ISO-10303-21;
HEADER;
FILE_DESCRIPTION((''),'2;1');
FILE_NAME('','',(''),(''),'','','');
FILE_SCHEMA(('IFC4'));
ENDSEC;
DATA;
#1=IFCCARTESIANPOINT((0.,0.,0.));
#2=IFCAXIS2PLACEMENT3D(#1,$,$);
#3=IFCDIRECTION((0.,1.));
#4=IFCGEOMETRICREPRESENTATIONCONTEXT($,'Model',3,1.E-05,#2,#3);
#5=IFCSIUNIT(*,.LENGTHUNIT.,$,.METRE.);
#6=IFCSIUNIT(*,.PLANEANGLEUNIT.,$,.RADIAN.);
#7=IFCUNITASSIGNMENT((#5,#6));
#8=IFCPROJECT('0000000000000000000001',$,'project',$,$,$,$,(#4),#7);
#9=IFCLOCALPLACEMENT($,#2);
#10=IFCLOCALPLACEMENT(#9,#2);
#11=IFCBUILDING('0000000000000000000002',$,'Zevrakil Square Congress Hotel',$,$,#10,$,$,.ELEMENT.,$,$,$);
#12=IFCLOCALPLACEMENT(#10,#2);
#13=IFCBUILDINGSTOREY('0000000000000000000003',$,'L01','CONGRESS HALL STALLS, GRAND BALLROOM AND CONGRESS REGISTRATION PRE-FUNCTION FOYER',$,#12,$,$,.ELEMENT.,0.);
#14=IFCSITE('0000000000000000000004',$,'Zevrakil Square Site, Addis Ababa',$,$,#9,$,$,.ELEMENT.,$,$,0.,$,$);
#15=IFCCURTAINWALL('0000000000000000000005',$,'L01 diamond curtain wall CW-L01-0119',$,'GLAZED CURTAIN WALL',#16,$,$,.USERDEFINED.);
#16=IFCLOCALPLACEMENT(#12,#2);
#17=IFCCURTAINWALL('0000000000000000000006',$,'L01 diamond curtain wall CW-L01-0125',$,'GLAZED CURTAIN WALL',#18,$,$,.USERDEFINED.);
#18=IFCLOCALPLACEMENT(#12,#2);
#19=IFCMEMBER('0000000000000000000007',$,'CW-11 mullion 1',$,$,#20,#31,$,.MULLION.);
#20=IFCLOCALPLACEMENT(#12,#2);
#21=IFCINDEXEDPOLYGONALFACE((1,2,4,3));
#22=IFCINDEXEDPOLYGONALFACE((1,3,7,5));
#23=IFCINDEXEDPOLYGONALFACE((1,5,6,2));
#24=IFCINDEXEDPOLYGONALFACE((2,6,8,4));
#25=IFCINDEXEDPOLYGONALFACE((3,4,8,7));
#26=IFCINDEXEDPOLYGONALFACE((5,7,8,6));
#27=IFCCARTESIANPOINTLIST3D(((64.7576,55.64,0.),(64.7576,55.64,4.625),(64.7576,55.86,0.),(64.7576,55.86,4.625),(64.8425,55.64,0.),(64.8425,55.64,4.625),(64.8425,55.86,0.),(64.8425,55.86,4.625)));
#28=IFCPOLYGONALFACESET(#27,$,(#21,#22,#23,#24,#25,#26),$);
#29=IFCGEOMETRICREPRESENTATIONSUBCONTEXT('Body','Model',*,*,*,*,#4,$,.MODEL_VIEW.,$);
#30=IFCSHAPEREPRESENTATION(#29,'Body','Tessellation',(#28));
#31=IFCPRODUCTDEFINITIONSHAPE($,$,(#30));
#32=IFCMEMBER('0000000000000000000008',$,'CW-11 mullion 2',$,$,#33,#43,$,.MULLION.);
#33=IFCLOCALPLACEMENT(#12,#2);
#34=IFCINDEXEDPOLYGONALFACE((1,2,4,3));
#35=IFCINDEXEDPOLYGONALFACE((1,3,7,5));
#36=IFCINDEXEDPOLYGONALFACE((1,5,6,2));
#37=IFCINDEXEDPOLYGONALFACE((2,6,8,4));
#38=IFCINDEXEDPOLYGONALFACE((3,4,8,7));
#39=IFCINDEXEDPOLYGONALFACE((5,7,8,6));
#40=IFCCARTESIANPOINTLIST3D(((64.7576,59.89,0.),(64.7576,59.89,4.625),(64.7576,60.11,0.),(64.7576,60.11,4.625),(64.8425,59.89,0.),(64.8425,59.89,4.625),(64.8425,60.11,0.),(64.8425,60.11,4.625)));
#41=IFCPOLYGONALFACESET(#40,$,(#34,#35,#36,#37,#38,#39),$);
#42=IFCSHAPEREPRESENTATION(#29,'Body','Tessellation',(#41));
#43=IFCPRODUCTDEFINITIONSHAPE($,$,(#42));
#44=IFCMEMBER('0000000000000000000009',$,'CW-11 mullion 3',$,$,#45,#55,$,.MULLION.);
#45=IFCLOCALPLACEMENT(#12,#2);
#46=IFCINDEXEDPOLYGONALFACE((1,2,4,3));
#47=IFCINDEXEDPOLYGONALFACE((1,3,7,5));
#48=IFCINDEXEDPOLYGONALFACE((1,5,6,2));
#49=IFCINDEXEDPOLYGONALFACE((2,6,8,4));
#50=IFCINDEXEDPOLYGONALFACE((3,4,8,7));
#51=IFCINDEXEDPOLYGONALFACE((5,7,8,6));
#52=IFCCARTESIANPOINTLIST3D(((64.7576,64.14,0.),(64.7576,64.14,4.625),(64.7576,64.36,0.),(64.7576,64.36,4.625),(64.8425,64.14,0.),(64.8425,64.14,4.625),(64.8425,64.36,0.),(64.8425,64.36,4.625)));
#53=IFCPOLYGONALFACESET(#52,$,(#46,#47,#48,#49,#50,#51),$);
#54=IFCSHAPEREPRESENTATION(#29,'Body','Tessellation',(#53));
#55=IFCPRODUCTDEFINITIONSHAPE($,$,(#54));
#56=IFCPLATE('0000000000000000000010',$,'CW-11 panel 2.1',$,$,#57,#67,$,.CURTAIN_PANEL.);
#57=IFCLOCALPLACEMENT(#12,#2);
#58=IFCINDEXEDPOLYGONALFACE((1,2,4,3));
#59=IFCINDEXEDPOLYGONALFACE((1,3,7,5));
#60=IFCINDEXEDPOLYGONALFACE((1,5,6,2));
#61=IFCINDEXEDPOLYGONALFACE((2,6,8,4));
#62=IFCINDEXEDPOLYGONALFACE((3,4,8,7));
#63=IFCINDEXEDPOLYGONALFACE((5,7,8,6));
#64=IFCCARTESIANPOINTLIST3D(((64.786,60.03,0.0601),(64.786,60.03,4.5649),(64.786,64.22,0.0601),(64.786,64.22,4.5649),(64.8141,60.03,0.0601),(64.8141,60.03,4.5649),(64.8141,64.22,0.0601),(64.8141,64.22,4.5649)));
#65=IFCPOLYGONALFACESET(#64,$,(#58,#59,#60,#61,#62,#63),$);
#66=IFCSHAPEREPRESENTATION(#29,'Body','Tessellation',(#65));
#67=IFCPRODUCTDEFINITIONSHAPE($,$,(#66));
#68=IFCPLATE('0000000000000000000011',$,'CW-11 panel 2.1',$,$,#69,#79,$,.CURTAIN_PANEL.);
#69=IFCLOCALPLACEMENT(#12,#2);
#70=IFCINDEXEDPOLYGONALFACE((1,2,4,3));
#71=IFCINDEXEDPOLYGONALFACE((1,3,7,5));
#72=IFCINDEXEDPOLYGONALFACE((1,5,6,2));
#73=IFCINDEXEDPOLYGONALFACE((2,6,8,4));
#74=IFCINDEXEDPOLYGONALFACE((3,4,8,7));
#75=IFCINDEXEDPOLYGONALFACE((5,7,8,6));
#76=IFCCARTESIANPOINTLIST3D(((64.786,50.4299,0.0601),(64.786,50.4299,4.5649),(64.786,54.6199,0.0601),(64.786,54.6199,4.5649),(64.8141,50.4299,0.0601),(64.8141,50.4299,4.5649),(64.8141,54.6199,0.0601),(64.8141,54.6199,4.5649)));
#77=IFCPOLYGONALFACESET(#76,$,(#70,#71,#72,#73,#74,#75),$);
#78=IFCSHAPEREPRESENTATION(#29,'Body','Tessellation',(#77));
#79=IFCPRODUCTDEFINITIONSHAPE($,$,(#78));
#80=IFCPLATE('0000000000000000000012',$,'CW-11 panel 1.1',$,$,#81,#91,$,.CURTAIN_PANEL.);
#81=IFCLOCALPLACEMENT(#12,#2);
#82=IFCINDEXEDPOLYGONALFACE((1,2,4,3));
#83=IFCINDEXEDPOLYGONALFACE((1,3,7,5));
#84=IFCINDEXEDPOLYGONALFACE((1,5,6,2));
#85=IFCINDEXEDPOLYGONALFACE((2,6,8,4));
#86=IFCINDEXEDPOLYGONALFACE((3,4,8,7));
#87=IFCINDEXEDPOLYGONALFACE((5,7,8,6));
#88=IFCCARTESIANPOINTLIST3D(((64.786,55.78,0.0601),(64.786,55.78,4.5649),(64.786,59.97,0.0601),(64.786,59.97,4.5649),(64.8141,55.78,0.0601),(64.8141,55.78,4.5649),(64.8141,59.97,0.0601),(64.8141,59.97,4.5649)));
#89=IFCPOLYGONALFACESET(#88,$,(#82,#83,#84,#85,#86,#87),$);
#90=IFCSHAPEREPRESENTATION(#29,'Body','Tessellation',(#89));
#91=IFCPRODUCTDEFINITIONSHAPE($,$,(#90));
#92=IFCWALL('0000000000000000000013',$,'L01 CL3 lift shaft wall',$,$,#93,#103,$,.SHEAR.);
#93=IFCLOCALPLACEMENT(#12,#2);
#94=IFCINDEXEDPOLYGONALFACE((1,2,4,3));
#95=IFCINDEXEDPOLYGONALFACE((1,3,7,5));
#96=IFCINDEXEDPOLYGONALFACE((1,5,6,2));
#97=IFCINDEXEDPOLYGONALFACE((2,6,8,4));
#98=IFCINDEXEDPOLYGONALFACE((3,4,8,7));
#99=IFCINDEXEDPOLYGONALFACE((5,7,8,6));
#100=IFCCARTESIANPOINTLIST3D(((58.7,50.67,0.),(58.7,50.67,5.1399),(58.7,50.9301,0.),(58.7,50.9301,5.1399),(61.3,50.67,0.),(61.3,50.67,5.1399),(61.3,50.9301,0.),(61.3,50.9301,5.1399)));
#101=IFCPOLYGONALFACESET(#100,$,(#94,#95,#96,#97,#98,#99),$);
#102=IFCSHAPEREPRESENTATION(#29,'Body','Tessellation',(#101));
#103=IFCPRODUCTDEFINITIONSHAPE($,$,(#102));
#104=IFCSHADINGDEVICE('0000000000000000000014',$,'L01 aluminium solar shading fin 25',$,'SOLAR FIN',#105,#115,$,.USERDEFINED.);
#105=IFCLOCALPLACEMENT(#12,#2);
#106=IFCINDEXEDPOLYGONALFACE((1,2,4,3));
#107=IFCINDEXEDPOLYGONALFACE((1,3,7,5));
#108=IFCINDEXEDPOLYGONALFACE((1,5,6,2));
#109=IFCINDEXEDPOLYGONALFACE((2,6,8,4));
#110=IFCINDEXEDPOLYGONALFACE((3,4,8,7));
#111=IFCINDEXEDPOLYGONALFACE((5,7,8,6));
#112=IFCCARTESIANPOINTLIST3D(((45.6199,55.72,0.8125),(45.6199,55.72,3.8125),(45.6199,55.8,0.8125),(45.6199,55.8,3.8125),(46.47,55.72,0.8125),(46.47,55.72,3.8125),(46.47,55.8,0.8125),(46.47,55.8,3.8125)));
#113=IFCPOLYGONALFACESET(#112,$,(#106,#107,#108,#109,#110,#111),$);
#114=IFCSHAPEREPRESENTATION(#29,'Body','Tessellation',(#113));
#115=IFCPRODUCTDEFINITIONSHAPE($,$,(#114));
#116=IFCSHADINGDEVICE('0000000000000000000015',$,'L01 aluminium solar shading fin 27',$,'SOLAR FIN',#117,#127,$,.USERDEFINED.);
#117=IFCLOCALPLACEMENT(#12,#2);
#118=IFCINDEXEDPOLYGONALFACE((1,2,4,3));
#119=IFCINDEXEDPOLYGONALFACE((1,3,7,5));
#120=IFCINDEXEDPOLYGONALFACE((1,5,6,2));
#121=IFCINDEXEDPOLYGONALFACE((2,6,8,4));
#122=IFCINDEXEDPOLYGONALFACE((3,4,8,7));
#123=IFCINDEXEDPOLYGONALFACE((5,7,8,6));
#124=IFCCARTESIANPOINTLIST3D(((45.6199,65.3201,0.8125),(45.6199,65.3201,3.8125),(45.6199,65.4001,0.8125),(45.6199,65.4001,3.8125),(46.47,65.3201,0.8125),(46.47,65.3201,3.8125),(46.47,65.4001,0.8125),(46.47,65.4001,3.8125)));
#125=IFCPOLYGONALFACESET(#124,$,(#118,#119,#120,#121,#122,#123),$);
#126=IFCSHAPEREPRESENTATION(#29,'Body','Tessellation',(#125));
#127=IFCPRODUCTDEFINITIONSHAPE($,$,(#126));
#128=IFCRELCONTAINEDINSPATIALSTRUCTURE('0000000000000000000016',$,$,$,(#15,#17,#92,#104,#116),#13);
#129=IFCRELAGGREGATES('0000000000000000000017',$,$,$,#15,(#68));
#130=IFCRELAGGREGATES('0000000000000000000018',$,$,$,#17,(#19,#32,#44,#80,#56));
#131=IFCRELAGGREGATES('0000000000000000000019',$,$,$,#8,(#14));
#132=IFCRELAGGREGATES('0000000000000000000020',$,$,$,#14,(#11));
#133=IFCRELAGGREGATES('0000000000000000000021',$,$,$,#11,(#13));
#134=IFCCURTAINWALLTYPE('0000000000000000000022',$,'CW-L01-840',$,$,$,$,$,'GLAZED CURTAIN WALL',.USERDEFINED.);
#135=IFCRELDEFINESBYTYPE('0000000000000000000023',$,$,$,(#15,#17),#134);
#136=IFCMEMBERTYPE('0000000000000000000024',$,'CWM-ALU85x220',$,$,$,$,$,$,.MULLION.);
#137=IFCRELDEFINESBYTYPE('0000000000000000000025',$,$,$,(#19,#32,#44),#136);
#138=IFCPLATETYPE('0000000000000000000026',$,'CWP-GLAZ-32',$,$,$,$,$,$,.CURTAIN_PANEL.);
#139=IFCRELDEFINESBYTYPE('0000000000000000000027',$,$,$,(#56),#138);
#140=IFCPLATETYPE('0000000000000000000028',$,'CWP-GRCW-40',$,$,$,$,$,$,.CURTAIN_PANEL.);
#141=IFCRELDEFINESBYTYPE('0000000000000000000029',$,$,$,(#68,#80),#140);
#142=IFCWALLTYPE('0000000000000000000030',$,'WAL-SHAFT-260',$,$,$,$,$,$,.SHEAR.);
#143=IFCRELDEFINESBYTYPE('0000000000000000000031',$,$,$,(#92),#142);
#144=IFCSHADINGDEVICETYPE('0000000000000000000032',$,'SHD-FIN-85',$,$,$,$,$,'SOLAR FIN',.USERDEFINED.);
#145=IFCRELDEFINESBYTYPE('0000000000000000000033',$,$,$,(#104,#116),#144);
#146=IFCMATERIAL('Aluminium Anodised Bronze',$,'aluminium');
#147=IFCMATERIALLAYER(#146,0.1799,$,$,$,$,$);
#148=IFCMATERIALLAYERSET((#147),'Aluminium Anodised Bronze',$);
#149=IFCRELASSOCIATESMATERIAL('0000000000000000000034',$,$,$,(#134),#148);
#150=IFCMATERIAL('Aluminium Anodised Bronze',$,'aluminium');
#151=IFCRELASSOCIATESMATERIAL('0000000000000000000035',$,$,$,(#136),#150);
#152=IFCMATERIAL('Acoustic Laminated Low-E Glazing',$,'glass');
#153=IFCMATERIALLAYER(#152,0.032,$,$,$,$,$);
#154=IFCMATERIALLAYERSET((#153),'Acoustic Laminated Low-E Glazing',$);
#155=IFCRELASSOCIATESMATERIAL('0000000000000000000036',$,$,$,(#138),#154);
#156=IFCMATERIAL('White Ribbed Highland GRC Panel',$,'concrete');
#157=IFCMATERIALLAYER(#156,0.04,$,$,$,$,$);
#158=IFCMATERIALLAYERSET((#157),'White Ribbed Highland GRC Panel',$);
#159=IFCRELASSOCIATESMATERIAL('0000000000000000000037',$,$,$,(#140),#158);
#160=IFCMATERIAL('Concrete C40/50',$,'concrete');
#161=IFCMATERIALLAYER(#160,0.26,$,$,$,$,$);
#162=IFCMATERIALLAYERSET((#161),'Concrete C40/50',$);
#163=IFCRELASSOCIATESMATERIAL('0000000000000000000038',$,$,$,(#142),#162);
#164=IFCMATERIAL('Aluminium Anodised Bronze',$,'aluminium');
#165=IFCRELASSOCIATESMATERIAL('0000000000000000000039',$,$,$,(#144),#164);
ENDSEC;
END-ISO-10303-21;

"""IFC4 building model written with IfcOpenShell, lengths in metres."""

from ifc_helpers import new_model, si_unit, direction, frame, frame_2d, origin, origin_2d, place, context, subcontext, project, spatial, rectangle, extrude, material, layer, layer_set, material_profile, profile_set, type_object, element, aggregate, save


model = new_model("IFC4")

# Units and contexts
model_context = context("Model", 3, precision=1e-05, world=origin(), true_north=direction((0.0, 1.0)))
body_context = subcontext(model_context, "Body", "Model", "MODEL_VIEW")
ifc_project = project(units=[si_unit("LENGTHUNIT", "METRE"), si_unit("PLANEANGLEUNIT", "RADIAN")], contexts=[model_context])

# Site, building, storey
site_placement = place(None, origin())
site = spatial("IfcSite", under=ifc_project, at=site_placement, Name="Zevrakil Square Site, Addis Ababa", CompositionType="ELEMENT", RefElevation=0.0)
building_placement = place(site_placement, origin())
building = spatial("IfcBuilding", under=site, at=building_placement, Name="Zevrakil Square Congress Hotel", CompositionType="ELEMENT")
storey_placement = place(building_placement, origin())
storey = spatial("IfcBuildingStorey", under=building, at=storey_placement, Name="L01", Description="CONGRESS HALL STALLS, GRAND BALLROOM AND CONGRESS REGISTRATION PRE-FUNCTION FOYER", CompositionType="ELEMENT", Elevation=0.0)

# Curtain walls
ifc_material_1 = material(Name="Aluminium Anodised Bronze", Category="aluminium")
ifc_layer_1 = layer(ifc_material_1, 0.1799)
ifc_layer_set_1 = layer_set([ifc_layer_1], Name="Aluminium Anodised Bronze")
curtain_wall_type = type_object("IfcCurtainWallType", Name="CW-L01-840", ElementType="GLAZED CURTAIN WALL", PredefinedType="USERDEFINED", material=ifc_layer_set_1)
curtain_wall_1_placement = place(storey_placement, origin())
curtain_wall_1 = element("IfcCurtainWall", 1, at=curtain_wall_1_placement, inside=storey, type_object=curtain_wall_type, Name="L01 diamond curtain wall CW-L01-0119", ObjectType="GLAZED CURTAIN WALL", PredefinedType="USERDEFINED")
curtain_wall_2_placement = place(storey_placement, origin())
curtain_wall_2 = element("IfcCurtainWall", 2, at=curtain_wall_2_placement, inside=storey, type_object=curtain_wall_type, Name="L01 diamond curtain wall CW-L01-0125", ObjectType="GLAZED CURTAIN WALL", PredefinedType="USERDEFINED")

# Members
ifc_material_2 = material(Name="Aluminium Anodised Bronze", Category="aluminium")
ifc_material_profile_1 = material_profile(ifc_material_2, rectangle(XDim=0.085, YDim=0.22, at=origin_2d()), Name="ALU 85x220")
ifc_profile_set_1 = profile_set([ifc_material_profile_1], Name="Aluminium Anodised Bronze")
member_type_1 = type_object("IfcMemberType", Name="CWM-ALU85x220", PredefinedType="MULLION", material=ifc_profile_set_1)
member_1_placement = place(storey_placement, frame((64.8, 55.75, 0.0), z_axis=(0.0, 0.0, 1.0), x_axis=(-1.0, 0.0, 0.0)))
member_1 = element("IfcMember", 3, at=member_1_placement, type_object=member_type_1, Name="CW-11 mullion 1", PredefinedType="MULLION", context=body_context, shape_type="SweptSolid", body=[
    extrude(rectangle(XDim=0.085, YDim=0.22, at=origin_2d()), origin(), (0.0, 0.0, 1.0), 4.625),
])
member_2_placement = place(storey_placement, frame((64.8, 60.0, 0.0), z_axis=(0.0, 0.0, 1.0), x_axis=(-1.0, 0.0, 0.0)))
member_2 = element("IfcMember", 4, at=member_2_placement, type_object=member_type_1, Name="CW-11 mullion 2", PredefinedType="MULLION", context=body_context, shape_type="SweptSolid", body=[
    extrude(rectangle(XDim=0.085, YDim=0.22, at=origin_2d()), origin(), (0.0, 0.0, 1.0), 4.625),
])
member_3_placement = place(storey_placement, frame((64.8, 64.25, 0.0), z_axis=(0.0, 0.0, 1.0), x_axis=(-1.0, 0.0, 0.0)))
member_3 = element("IfcMember", 5, at=member_3_placement, type_object=member_type_1, Name="CW-11 mullion 3", PredefinedType="MULLION", context=body_context, shape_type="SweptSolid", body=[
    extrude(rectangle(XDim=0.085, YDim=0.22, at=origin_2d()), origin(), (0.0, 0.0, 1.0), 4.625),
])

# Plates
ifc_material_3 = material(Name="Acoustic Laminated Low-E Glazing", Category="glass")
ifc_layer_2 = layer(ifc_material_3, 0.032)
ifc_layer_set_2 = layer_set([ifc_layer_2], Name="Acoustic Laminated Low-E Glazing")
plate_type_1 = type_object("IfcPlateType", Name="CWP-GLAZ-32", PredefinedType="CURTAIN_PANEL", material=ifc_layer_set_2)
plate_1_placement = place(storey_placement, frame((64.8, 62.125, 0.0601), z_axis=(0.0, 0.0, 1.0), x_axis=(0.0, 1.0, 0.0)))
plate_1 = element("IfcPlate", 6, at=plate_1_placement, type_object=plate_type_1, Name="CW-11 panel 2.1", PredefinedType="CURTAIN_PANEL", context=body_context, shape_type="SweptSolid", body=[
    extrude(rectangle(XDim=4.1899, YDim=0.0281, at=origin_2d()), origin(), (0.0, 0.0, 1.0), 4.5049),
])
ifc_material_4 = material(Name="White Ribbed Highland GRC Panel", Category="concrete")
ifc_layer_3 = layer(ifc_material_4, 0.04)
ifc_layer_set_3 = layer_set([ifc_layer_3], Name="White Ribbed Highland GRC Panel")
plate_type_2 = type_object("IfcPlateType", Name="CWP-GRCW-40", PredefinedType="CURTAIN_PANEL", material=ifc_layer_set_3)
plate_2_placement = place(storey_placement, frame((64.8, 52.5249, 0.0601), z_axis=(0.0, 0.0, 1.0), x_axis=(0.0, 1.0, 0.0)))
plate_2 = element("IfcPlate", 7, at=plate_2_placement, type_object=plate_type_2, Name="CW-11 panel 2.1", PredefinedType="CURTAIN_PANEL", context=body_context, shape_type="SweptSolid", body=[
    extrude(rectangle(XDim=4.1899, YDim=0.0281, at=origin_2d()), origin(), (0.0, 0.0, 1.0), 4.5049),
])
aggregate(curtain_wall_1, [plate_2])
plate_3_placement = place(storey_placement, frame((64.8, 57.875, 0.0601), z_axis=(0.0, 0.0, 1.0), x_axis=(0.0, 1.0, 0.0)))
plate_3 = element("IfcPlate", 8, at=plate_3_placement, type_object=plate_type_2, Name="CW-11 panel 1.1", PredefinedType="CURTAIN_PANEL", context=body_context, shape_type="SweptSolid", body=[
    extrude(rectangle(XDim=4.1899, YDim=0.0281, at=origin_2d()), origin(), (0.0, 0.0, 1.0), 4.5049),
])
aggregate(curtain_wall_2, [member_1, member_2, member_3, plate_3, plate_1])

# Wall
ifc_material_5 = material(Name="Concrete C40/50", Category="concrete")
ifc_layer_4 = layer(ifc_material_5, 0.26)
ifc_layer_set_4 = layer_set([ifc_layer_4], Name="Concrete C40/50")
wall_type = type_object("IfcWallType", Name="WAL-SHAFT-260", PredefinedType="SHEAR", material=ifc_layer_set_4)
wall_placement = place(storey_placement, frame((58.7, 50.8, 0.0), z_axis=(0.0, 0.0, 1.0), x_axis=(1.0, 0.0, 0.0)))
element("IfcWall", 9, at=wall_placement, inside=storey, type_object=wall_type, Name="L01 CL3 lift shaft wall", PredefinedType="SHEAR", context=body_context, shape_type="SweptSolid", body=[
    extrude(rectangle(XDim=2.6001, YDim=0.26, at=frame_2d((1.3, 0.0))), origin(), (0.0, 0.0, 1.0), 5.1399),
])

# Shading devices
ifc_material_6 = material(Name="Aluminium Anodised Bronze", Category="aluminium")
shading_device_type = type_object("IfcShadingDeviceType", Name="SHD-FIN-85", ElementType="SOLAR FIN", PredefinedType="USERDEFINED", material=ifc_material_6)
for number, where, z_axis, x_axis, name in (
    (10, (46.0449, 55.76, 0.8125), (0.0, 0.0, 1.0), (1.0, 0.0, 0.0), "L01 aluminium solar shading fin 25"),
    (11, (46.0449, 65.3601, 0.8125), (0.0, 0.0, 1.0), (1.0, 0.0, 0.0), "L01 aluminium solar shading fin 27"),
):
    element("IfcShadingDevice", number, at=place(storey_placement, frame(where, z_axis=z_axis, x_axis=x_axis)), inside=storey, type_object=shading_device_type, Name=name, ObjectType="SOLAR FIN", PredefinedType="USERDEFINED", context=body_context, shape_type="SweptSolid", body=[
        extrude(rectangle(XDim=0.8501, YDim=0.0801, at=origin_2d()), origin(), (0.0, 0.0, 1.0), 3.0),
    ])

save(model, "model.ifc")
